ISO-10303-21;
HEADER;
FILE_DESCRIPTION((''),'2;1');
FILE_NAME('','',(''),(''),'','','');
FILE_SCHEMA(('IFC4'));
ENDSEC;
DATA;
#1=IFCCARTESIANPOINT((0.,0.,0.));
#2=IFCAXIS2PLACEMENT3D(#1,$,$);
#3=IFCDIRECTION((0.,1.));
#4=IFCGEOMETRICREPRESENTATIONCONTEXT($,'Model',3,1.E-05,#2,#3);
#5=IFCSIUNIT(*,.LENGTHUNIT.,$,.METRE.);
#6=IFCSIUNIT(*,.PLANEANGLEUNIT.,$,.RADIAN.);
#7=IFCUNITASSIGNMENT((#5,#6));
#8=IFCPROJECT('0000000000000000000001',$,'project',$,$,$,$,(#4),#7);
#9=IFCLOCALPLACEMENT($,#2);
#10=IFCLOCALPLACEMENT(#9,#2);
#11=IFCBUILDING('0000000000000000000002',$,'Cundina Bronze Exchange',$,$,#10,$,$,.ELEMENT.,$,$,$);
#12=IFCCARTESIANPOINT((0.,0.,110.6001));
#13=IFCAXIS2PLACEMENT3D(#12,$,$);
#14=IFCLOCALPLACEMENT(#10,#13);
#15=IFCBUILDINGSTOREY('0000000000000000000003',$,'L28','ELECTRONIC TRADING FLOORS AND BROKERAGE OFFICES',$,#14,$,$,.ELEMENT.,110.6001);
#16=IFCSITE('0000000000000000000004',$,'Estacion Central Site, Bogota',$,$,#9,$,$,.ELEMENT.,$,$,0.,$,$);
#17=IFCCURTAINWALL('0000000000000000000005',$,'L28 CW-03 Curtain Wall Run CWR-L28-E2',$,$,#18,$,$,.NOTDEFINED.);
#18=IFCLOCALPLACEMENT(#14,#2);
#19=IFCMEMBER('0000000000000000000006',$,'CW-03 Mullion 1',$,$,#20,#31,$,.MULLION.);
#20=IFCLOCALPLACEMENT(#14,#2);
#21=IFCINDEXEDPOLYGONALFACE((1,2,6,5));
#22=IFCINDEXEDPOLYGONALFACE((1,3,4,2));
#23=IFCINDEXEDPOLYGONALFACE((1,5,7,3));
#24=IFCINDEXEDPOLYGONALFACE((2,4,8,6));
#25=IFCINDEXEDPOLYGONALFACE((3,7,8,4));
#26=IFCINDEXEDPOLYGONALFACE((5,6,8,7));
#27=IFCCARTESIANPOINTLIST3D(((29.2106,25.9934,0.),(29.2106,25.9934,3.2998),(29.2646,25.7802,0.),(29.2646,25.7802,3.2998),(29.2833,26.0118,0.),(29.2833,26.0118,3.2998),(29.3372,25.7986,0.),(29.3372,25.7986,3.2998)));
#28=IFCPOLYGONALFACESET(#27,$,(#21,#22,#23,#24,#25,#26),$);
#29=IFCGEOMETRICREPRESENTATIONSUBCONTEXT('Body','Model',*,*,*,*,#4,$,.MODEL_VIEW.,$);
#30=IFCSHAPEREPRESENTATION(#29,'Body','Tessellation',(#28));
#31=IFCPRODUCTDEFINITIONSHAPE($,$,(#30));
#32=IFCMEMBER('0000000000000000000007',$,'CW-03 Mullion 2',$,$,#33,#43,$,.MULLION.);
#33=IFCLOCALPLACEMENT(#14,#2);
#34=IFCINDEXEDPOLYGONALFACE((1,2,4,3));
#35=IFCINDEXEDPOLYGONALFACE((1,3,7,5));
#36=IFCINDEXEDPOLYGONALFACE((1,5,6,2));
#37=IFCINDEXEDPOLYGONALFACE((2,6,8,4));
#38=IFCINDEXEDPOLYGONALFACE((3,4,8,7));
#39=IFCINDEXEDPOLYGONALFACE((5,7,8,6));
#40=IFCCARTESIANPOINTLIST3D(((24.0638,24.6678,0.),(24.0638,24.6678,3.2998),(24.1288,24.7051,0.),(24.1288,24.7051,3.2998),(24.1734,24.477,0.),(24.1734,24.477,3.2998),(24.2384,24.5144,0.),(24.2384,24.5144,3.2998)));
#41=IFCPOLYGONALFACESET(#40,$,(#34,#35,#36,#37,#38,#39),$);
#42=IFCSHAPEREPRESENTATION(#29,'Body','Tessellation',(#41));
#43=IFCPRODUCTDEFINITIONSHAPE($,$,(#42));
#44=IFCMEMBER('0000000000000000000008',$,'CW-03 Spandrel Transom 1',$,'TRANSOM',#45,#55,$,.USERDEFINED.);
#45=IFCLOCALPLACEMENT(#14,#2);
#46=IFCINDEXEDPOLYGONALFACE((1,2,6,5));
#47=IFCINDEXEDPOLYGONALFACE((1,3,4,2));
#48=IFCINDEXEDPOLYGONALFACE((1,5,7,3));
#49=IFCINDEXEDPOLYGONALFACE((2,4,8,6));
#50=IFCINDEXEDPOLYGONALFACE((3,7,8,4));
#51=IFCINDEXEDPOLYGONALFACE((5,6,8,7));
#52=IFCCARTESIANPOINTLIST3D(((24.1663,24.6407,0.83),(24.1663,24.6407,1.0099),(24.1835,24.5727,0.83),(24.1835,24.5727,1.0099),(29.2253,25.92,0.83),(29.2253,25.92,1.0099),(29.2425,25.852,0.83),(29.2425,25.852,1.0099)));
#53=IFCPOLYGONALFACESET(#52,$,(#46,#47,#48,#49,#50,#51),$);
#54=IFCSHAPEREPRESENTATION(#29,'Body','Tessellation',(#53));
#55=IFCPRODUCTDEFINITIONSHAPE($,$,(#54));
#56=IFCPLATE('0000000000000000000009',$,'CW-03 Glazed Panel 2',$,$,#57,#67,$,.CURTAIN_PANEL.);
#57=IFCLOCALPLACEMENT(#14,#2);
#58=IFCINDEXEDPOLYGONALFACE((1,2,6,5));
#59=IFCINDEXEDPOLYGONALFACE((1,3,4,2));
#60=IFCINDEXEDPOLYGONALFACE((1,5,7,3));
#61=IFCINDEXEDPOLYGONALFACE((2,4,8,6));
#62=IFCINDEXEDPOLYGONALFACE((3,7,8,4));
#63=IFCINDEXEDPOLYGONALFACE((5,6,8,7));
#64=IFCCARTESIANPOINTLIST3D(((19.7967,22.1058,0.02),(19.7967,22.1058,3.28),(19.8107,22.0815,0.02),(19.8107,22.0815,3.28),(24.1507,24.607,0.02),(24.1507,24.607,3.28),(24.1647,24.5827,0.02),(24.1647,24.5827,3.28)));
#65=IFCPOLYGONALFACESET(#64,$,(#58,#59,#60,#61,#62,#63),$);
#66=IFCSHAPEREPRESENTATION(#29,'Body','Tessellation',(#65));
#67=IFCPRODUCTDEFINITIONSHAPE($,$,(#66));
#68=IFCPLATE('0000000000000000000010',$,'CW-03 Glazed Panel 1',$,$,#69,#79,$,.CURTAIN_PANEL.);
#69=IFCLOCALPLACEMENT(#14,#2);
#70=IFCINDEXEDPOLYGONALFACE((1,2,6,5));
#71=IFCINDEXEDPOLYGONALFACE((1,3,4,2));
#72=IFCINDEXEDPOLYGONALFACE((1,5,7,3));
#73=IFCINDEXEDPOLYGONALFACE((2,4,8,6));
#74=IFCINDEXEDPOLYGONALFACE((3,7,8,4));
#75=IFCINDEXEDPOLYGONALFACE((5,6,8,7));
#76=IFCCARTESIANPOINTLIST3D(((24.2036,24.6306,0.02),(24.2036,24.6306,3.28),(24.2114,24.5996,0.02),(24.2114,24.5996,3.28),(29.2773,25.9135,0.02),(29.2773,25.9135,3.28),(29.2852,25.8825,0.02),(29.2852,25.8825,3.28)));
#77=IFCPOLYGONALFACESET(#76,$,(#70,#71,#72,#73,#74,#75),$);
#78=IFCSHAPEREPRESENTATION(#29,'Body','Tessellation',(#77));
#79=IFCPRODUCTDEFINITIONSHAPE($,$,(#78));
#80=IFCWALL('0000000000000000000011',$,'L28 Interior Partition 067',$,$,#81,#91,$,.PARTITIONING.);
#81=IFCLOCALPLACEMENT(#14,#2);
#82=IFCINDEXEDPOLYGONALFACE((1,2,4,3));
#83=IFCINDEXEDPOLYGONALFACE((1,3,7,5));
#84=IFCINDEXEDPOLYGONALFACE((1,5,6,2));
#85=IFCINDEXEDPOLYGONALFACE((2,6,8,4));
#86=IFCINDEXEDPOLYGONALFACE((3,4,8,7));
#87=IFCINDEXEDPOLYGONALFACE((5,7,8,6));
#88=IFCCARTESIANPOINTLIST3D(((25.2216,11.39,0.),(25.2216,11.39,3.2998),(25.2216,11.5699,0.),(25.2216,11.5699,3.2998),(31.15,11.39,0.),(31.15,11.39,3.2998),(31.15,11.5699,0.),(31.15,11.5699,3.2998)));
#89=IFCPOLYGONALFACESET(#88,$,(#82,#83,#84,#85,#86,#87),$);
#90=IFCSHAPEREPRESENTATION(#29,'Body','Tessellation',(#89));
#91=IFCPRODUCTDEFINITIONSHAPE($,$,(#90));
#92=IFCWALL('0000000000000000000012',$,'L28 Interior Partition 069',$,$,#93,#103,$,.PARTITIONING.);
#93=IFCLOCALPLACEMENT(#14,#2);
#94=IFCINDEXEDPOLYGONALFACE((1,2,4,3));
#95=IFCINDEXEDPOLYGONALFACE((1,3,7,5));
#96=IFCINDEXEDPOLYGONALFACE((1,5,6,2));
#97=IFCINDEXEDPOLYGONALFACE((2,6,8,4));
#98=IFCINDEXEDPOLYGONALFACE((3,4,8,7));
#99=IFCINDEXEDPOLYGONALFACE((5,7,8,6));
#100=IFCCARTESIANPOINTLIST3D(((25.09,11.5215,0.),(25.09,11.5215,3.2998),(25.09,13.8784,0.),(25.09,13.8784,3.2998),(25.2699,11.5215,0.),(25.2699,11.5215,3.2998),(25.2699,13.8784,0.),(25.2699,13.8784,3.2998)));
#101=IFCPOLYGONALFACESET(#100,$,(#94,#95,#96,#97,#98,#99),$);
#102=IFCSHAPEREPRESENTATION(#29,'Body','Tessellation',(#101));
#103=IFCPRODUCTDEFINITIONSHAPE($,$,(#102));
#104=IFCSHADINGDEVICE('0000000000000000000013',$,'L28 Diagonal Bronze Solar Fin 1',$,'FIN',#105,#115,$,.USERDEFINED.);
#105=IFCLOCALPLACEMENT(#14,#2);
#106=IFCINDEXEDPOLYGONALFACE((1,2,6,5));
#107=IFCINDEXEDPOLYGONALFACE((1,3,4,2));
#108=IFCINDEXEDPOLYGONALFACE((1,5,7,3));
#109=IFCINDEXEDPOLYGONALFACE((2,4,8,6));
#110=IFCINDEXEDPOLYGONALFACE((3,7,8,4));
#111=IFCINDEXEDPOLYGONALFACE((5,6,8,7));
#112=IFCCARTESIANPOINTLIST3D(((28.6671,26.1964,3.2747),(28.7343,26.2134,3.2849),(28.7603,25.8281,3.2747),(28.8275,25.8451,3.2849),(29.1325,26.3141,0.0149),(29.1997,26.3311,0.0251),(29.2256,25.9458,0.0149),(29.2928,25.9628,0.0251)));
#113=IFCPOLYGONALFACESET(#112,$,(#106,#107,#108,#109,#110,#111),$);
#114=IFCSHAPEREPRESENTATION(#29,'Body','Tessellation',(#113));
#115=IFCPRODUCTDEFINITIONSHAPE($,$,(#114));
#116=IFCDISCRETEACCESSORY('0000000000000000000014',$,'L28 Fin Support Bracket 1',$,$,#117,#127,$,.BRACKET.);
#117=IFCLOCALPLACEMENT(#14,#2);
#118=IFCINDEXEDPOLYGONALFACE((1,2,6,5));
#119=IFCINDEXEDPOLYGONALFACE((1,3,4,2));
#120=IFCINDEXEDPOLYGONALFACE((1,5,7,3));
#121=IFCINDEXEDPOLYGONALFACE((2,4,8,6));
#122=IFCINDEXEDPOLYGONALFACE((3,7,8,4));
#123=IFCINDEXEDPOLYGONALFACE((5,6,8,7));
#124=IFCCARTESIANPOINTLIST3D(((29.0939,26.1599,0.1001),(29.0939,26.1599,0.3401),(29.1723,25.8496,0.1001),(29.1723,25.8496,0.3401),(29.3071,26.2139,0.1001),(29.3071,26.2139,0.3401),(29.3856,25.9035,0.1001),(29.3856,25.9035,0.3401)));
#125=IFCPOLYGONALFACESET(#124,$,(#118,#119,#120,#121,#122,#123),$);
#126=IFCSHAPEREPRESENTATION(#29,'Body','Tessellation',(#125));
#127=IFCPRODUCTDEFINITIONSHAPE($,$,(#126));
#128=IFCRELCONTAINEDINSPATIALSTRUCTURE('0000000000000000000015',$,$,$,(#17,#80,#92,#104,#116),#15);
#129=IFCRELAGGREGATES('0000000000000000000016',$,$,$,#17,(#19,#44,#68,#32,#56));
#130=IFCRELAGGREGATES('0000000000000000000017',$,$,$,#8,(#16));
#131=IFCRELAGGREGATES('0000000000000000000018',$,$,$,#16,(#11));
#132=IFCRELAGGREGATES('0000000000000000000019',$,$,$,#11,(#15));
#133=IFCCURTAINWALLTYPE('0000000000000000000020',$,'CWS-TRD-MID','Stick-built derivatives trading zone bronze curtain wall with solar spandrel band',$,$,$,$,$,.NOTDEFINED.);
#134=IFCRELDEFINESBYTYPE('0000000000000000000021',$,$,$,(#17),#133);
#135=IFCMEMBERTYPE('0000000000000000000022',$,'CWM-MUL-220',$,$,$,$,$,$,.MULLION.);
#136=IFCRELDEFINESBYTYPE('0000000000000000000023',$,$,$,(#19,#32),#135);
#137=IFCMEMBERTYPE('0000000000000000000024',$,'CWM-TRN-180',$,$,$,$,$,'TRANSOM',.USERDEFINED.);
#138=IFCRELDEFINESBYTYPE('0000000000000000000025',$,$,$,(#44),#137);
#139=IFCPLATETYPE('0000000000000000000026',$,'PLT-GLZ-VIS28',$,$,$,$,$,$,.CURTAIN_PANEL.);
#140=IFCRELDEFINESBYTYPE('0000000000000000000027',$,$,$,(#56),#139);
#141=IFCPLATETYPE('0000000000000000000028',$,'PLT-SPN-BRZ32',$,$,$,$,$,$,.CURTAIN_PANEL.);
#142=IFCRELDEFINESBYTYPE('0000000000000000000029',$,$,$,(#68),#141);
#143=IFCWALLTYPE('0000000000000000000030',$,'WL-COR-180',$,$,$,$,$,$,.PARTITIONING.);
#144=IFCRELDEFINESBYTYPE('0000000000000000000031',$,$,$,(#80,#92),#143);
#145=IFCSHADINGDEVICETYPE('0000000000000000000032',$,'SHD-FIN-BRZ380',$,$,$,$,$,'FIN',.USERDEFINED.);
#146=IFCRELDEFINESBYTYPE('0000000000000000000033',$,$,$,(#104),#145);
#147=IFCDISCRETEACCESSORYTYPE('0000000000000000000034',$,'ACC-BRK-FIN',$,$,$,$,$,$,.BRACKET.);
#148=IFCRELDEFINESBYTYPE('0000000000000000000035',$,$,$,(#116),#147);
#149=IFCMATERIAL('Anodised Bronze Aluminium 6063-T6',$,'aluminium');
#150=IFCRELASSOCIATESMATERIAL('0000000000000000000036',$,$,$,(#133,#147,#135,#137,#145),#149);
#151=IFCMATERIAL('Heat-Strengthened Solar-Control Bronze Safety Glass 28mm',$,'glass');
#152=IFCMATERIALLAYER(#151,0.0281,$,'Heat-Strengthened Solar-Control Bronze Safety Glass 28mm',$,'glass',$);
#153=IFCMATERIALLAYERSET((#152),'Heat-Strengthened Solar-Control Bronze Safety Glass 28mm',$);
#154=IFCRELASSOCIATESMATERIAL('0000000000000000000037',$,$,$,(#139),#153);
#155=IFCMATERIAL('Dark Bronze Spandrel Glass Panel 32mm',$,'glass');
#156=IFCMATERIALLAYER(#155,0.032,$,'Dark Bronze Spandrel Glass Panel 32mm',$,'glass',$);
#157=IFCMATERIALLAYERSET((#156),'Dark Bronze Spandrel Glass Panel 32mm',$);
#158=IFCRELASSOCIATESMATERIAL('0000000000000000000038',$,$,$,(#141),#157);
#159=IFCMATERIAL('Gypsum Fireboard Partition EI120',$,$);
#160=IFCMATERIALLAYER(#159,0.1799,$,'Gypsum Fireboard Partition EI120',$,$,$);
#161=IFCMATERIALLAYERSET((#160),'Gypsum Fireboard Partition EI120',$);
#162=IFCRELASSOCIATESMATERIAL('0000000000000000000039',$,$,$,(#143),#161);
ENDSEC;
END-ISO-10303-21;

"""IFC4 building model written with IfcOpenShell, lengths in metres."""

from ifc_helpers import new_model, si_unit, direction, frame, frame_2d, origin, origin_2d, place, context, subcontext, project, spatial, rectangle, extrude, material, layer, layer_set, material_profile, profile_set, type_object, element, aggregate, save


model = new_model("IFC4")

# Units and contexts
model_context = context("Model", 3, precision=1e-05, world=origin(), true_north=direction((0.0, 1.0)))
body_context = subcontext(model_context, "Body", "Model", "MODEL_VIEW")
ifc_project = project(units=[si_unit("LENGTHUNIT", "METRE"), si_unit("PLANEANGLEUNIT", "RADIAN")], contexts=[model_context])

# Site, building, storey
site_placement = place(None, origin())
site = spatial("IfcSite", under=ifc_project, at=site_placement, Name="Estacion Central Site, Bogota", CompositionType="ELEMENT", RefElevation=0.0)
building_placement = place(site_placement, origin())
building = spatial("IfcBuilding", under=site, at=building_placement, Name="Cundina Bronze Exchange", CompositionType="ELEMENT")
storey_placement = place(building_placement, frame((0.0, 0.0, 110.6001)))
storey = spatial("IfcBuildingStorey", under=building, at=storey_placement, Name="L28", Description="ELECTRONIC TRADING FLOORS AND BROKERAGE OFFICES", CompositionType="ELEMENT", Elevation=110.6001)

# Shared definitions
ifc_material_1 = material(Name="Anodised Bronze Aluminium 6063-T6", Category="aluminium")
curtain_wall_type = type_object("IfcCurtainWallType", Name="CWS-TRD-MID", Description="Stick-built derivatives trading zone bronze curtain wall with solar spandrel band", PredefinedType="NOTDEFINED", material=ifc_material_1)
ifc_material_profile_1 = material_profile(ifc_material_1, rectangle(XDim=0.075, YDim=0.22, at=origin_2d()), Name="AL75X220", Category="aluminium")
ifc_profile_set_1 = profile_set([ifc_material_profile_1], Name="Anodised Bronze Aluminium 6063-T6")
member_type_1 = type_object("IfcMemberType", Name="CWM-MUL-220", PredefinedType="MULLION", material=ifc_profile_set_1)

# Curtain wall, members, plates
curtain_wall_1_placement = place(storey_placement, origin())
curtain_wall_1 = element("IfcCurtainWall", 1, at=curtain_wall_1_placement, inside=storey, type_object=curtain_wall_type, Name="L28 CW-03 Curtain Wall Run CWR-L28-E2", PredefinedType="NOTDEFINED")
member_1_placement = place(storey_placement, frame((29.2739, 25.896, 0.0), z_axis=(0.0, 0.0, 1.0), x_axis=(-0.969488, -0.245138, 0.0)))
member_1 = element("IfcMember", 2, at=member_1_placement, type_object=member_type_1, Name="CW-03 Mullion 1", PredefinedType="MULLION", context=body_context, shape_type="SweptSolid", body=[
    extrude(rectangle(XDim=0.075, YDim=0.22, at=origin_2d()), origin(), (0.0, 0.0, 1.0), 3.2998),
])
member_2_placement = place(storey_placement, frame((24.1511, 24.5911, 0.0), z_axis=(0.0, 0.0, 1.0), x_axis=(-0.867071, -0.498185, 0.0)))
member_2 = element("IfcMember", 3, at=member_2_placement, type_object=member_type_1, Name="CW-03 Mullion 2", PredefinedType="MULLION", context=body_context, shape_type="SweptSolid", body=[
    extrude(rectangle(XDim=0.075, YDim=0.22, at=origin_2d()), origin(), (0.0, 0.0, 1.0), 3.2998),
])
ifc_material_profile_2 = material_profile(ifc_material_1, rectangle(XDim=0.0701, YDim=0.1799, at=origin_2d()), Name="AL70X180", Category="aluminium")
ifc_profile_set_2 = profile_set([ifc_material_profile_2], Name="Anodised Bronze Aluminium 6063-T6")
member_type_2 = type_object("IfcMemberType", Name="CWM-TRN-180", ElementType="TRANSOM", PredefinedType="USERDEFINED", material=ifc_profile_set_2)
member_3_placement = place(storey_placement, frame((29.2339, 25.886, 0.9199), z_axis=(-0.969484, -0.245155, 0.0), x_axis=(0.245155, -0.969484, 0.0)))
member_3 = element("IfcMember", 4, at=member_3_placement, type_object=member_type_2, Name="CW-03 Spandrel Transom 1", ObjectType="TRANSOM", PredefinedType="USERDEFINED", context=body_context, shape_type="SweptSolid", body=[
    extrude(rectangle(XDim=0.0701, YDim=0.1799, at=origin_2d()), origin(), (0.0, 0.0, 1.0), 5.2183),
])
ifc_material_2 = material(Name="Heat-Strengthened Solar-Control Bronze Safety Glass 28mm", Category="glass")
ifc_layer_1 = layer(ifc_material_2, 0.0281, Name="Heat-Strengthened Solar-Control Bronze Safety Glass 28mm", Category="glass")
ifc_layer_set_1 = layer_set([ifc_layer_1], Name="Heat-Strengthened Solar-Control Bronze Safety Glass 28mm")
plate_type_1 = type_object("IfcPlateType", Name="PLT-GLZ-VIS28", PredefinedType="CURTAIN_PANEL", material=ifc_layer_set_1)
plate_1_placement = place(storey_placement, frame((21.9807, 23.3442, 0.02), z_axis=(0.0, 0.0, 1.0), x_axis=(-0.867105, -0.498125, 0.0)))
plate_1 = element("IfcPlate", 5, at=plate_1_placement, type_object=plate_type_1, Name="CW-03 Glazed Panel 2", PredefinedType="CURTAIN_PANEL", context=body_context, shape_type="SweptSolid", body=[
    extrude(rectangle(XDim=5.0212, YDim=0.0281, at=origin_2d()), origin(), (0.0, 0.0, 1.0), 3.26),
])
ifc_material_3 = material(Name="Dark Bronze Spandrel Glass Panel 32mm", Category="glass")
ifc_layer_2 = layer(ifc_material_3, 0.032, Name="Dark Bronze Spandrel Glass Panel 32mm", Category="glass")
ifc_layer_set_2 = layer_set([ifc_layer_2], Name="Dark Bronze Spandrel Glass Panel 32mm")
plate_type_2 = type_object("IfcPlateType", Name="PLT-SPN-BRZ32", PredefinedType="CURTAIN_PANEL", material=ifc_layer_set_2)
plate_2_placement = place(storey_placement, frame((26.7444, 25.2566, 0.02), z_axis=(0.0, 0.0, 1.0), x_axis=(-0.969488, -0.245138, 0.0)))
plate_2 = element("IfcPlate", 6, at=plate_2_placement, type_object=plate_type_2, Name="CW-03 Glazed Panel 1", PredefinedType="CURTAIN_PANEL", context=body_context, shape_type="SweptSolid", body=[
    extrude(rectangle(XDim=5.2334, YDim=0.032, at=origin_2d()), origin(), (0.0, 0.0, 1.0), 3.26),
])
aggregate(curtain_wall_1, [member_1, member_3, plate_2, member_2, plate_1])

# Walls
ifc_material_4 = material(Name="Gypsum Fireboard Partition EI120")
ifc_layer_3 = layer(ifc_material_4, 0.1799, Name="Gypsum Fireboard Partition EI120")
ifc_layer_set_3 = layer_set([ifc_layer_3], Name="Gypsum Fireboard Partition EI120")
wall_type = type_object("IfcWallType", Name="WL-COR-180", PredefinedType="PARTITIONING", material=ifc_layer_set_3)
wall_1_placement = place(storey_placement, frame((25.2214, 11.48, 0.0), z_axis=(0.0, 0.0, 1.0), x_axis=(1.0, 0.0, 0.0)))
element("IfcWall", 7, at=wall_1_placement, inside=storey, type_object=wall_type, Name="L28 Interior Partition 067", PredefinedType="PARTITIONING", context=body_context, shape_type="SweptSolid", body=[
    extrude(rectangle(XDim=5.9285, YDim=0.1799, at=frame_2d((2.9644, 0.0))), origin(), (0.0, 0.0, 1.0), 3.2998),
])
wall_2_placement = place(storey_placement, frame((25.1799, 13.8784, 0.0), z_axis=(0.0, 0.0, 1.0), x_axis=(0.0, -1.0, 0.0)))
element("IfcWall", 8, at=wall_2_placement, inside=storey, type_object=wall_type, Name="L28 Interior Partition 069", PredefinedType="PARTITIONING", context=body_context, shape_type="SweptSolid", body=[
    extrude(rectangle(XDim=2.3569, YDim=0.1799, at=frame_2d((1.1785, 0.0))), origin(), (0.0, 0.0, 1.0), 3.2998),
])

# Shading device
ifc_material_profile_3 = material_profile(ifc_material_1, rectangle(XDim=0.0701, YDim=0.3799, at=origin_2d()), Name="FIN70X380", Category="aluminium")
ifc_profile_set_3 = profile_set([ifc_material_profile_3], Name="Anodised Bronze Aluminium 6063-T6")
shading_device_type = type_object("IfcShadingDeviceType", Name="SHD-FIN-BRZ380", ElementType="FIN", PredefinedType="USERDEFINED", material=ifc_profile_set_3)
shading_device_placement = place(storey_placement, frame((29.2126, 26.1384, 0.02), z_axis=(-0.141227, -0.035714, 0.989333), x_axis=(0.959139, 0.242552, 0.145673)))
element("IfcShadingDevice", 9, at=shading_device_placement, inside=storey, type_object=shading_device_type, Name="L28 Diagonal Bronze Solar Fin 1", ObjectType="FIN", PredefinedType="USERDEFINED", context=body_context, shape_type="SweptSolid", body=[
    extrude(rectangle(XDim=0.0701, YDim=0.3799, at=origin_2d()), origin(), (0.0, 0.0, 1.0), 3.2949),
])

# Discrete accessory
discrete_accessory_type = type_object("IfcDiscreteAccessoryType", Name="ACC-BRK-FIN", PredefinedType="BRACKET", material=ifc_material_1)
discrete_accessory_placement = place(storey_placement, frame((29.2397, 26.0317, 0.1001), z_axis=(0.0, 0.0, 1.0), x_axis=(-0.969488, -0.245138, 0.0)))
element("IfcDiscreteAccessory", 10, at=discrete_accessory_placement, inside=storey, type_object=discrete_accessory_type, Name="L28 Fin Support Bracket 1", PredefinedType="BRACKET", context=body_context, shape_type="SweptSolid", body=[
    extrude(rectangle(XDim=0.22, YDim=0.3201, at=origin_2d()), origin(), (0.0, 0.0, 1.0), 0.24),
])

save(model, "model.ifc")
